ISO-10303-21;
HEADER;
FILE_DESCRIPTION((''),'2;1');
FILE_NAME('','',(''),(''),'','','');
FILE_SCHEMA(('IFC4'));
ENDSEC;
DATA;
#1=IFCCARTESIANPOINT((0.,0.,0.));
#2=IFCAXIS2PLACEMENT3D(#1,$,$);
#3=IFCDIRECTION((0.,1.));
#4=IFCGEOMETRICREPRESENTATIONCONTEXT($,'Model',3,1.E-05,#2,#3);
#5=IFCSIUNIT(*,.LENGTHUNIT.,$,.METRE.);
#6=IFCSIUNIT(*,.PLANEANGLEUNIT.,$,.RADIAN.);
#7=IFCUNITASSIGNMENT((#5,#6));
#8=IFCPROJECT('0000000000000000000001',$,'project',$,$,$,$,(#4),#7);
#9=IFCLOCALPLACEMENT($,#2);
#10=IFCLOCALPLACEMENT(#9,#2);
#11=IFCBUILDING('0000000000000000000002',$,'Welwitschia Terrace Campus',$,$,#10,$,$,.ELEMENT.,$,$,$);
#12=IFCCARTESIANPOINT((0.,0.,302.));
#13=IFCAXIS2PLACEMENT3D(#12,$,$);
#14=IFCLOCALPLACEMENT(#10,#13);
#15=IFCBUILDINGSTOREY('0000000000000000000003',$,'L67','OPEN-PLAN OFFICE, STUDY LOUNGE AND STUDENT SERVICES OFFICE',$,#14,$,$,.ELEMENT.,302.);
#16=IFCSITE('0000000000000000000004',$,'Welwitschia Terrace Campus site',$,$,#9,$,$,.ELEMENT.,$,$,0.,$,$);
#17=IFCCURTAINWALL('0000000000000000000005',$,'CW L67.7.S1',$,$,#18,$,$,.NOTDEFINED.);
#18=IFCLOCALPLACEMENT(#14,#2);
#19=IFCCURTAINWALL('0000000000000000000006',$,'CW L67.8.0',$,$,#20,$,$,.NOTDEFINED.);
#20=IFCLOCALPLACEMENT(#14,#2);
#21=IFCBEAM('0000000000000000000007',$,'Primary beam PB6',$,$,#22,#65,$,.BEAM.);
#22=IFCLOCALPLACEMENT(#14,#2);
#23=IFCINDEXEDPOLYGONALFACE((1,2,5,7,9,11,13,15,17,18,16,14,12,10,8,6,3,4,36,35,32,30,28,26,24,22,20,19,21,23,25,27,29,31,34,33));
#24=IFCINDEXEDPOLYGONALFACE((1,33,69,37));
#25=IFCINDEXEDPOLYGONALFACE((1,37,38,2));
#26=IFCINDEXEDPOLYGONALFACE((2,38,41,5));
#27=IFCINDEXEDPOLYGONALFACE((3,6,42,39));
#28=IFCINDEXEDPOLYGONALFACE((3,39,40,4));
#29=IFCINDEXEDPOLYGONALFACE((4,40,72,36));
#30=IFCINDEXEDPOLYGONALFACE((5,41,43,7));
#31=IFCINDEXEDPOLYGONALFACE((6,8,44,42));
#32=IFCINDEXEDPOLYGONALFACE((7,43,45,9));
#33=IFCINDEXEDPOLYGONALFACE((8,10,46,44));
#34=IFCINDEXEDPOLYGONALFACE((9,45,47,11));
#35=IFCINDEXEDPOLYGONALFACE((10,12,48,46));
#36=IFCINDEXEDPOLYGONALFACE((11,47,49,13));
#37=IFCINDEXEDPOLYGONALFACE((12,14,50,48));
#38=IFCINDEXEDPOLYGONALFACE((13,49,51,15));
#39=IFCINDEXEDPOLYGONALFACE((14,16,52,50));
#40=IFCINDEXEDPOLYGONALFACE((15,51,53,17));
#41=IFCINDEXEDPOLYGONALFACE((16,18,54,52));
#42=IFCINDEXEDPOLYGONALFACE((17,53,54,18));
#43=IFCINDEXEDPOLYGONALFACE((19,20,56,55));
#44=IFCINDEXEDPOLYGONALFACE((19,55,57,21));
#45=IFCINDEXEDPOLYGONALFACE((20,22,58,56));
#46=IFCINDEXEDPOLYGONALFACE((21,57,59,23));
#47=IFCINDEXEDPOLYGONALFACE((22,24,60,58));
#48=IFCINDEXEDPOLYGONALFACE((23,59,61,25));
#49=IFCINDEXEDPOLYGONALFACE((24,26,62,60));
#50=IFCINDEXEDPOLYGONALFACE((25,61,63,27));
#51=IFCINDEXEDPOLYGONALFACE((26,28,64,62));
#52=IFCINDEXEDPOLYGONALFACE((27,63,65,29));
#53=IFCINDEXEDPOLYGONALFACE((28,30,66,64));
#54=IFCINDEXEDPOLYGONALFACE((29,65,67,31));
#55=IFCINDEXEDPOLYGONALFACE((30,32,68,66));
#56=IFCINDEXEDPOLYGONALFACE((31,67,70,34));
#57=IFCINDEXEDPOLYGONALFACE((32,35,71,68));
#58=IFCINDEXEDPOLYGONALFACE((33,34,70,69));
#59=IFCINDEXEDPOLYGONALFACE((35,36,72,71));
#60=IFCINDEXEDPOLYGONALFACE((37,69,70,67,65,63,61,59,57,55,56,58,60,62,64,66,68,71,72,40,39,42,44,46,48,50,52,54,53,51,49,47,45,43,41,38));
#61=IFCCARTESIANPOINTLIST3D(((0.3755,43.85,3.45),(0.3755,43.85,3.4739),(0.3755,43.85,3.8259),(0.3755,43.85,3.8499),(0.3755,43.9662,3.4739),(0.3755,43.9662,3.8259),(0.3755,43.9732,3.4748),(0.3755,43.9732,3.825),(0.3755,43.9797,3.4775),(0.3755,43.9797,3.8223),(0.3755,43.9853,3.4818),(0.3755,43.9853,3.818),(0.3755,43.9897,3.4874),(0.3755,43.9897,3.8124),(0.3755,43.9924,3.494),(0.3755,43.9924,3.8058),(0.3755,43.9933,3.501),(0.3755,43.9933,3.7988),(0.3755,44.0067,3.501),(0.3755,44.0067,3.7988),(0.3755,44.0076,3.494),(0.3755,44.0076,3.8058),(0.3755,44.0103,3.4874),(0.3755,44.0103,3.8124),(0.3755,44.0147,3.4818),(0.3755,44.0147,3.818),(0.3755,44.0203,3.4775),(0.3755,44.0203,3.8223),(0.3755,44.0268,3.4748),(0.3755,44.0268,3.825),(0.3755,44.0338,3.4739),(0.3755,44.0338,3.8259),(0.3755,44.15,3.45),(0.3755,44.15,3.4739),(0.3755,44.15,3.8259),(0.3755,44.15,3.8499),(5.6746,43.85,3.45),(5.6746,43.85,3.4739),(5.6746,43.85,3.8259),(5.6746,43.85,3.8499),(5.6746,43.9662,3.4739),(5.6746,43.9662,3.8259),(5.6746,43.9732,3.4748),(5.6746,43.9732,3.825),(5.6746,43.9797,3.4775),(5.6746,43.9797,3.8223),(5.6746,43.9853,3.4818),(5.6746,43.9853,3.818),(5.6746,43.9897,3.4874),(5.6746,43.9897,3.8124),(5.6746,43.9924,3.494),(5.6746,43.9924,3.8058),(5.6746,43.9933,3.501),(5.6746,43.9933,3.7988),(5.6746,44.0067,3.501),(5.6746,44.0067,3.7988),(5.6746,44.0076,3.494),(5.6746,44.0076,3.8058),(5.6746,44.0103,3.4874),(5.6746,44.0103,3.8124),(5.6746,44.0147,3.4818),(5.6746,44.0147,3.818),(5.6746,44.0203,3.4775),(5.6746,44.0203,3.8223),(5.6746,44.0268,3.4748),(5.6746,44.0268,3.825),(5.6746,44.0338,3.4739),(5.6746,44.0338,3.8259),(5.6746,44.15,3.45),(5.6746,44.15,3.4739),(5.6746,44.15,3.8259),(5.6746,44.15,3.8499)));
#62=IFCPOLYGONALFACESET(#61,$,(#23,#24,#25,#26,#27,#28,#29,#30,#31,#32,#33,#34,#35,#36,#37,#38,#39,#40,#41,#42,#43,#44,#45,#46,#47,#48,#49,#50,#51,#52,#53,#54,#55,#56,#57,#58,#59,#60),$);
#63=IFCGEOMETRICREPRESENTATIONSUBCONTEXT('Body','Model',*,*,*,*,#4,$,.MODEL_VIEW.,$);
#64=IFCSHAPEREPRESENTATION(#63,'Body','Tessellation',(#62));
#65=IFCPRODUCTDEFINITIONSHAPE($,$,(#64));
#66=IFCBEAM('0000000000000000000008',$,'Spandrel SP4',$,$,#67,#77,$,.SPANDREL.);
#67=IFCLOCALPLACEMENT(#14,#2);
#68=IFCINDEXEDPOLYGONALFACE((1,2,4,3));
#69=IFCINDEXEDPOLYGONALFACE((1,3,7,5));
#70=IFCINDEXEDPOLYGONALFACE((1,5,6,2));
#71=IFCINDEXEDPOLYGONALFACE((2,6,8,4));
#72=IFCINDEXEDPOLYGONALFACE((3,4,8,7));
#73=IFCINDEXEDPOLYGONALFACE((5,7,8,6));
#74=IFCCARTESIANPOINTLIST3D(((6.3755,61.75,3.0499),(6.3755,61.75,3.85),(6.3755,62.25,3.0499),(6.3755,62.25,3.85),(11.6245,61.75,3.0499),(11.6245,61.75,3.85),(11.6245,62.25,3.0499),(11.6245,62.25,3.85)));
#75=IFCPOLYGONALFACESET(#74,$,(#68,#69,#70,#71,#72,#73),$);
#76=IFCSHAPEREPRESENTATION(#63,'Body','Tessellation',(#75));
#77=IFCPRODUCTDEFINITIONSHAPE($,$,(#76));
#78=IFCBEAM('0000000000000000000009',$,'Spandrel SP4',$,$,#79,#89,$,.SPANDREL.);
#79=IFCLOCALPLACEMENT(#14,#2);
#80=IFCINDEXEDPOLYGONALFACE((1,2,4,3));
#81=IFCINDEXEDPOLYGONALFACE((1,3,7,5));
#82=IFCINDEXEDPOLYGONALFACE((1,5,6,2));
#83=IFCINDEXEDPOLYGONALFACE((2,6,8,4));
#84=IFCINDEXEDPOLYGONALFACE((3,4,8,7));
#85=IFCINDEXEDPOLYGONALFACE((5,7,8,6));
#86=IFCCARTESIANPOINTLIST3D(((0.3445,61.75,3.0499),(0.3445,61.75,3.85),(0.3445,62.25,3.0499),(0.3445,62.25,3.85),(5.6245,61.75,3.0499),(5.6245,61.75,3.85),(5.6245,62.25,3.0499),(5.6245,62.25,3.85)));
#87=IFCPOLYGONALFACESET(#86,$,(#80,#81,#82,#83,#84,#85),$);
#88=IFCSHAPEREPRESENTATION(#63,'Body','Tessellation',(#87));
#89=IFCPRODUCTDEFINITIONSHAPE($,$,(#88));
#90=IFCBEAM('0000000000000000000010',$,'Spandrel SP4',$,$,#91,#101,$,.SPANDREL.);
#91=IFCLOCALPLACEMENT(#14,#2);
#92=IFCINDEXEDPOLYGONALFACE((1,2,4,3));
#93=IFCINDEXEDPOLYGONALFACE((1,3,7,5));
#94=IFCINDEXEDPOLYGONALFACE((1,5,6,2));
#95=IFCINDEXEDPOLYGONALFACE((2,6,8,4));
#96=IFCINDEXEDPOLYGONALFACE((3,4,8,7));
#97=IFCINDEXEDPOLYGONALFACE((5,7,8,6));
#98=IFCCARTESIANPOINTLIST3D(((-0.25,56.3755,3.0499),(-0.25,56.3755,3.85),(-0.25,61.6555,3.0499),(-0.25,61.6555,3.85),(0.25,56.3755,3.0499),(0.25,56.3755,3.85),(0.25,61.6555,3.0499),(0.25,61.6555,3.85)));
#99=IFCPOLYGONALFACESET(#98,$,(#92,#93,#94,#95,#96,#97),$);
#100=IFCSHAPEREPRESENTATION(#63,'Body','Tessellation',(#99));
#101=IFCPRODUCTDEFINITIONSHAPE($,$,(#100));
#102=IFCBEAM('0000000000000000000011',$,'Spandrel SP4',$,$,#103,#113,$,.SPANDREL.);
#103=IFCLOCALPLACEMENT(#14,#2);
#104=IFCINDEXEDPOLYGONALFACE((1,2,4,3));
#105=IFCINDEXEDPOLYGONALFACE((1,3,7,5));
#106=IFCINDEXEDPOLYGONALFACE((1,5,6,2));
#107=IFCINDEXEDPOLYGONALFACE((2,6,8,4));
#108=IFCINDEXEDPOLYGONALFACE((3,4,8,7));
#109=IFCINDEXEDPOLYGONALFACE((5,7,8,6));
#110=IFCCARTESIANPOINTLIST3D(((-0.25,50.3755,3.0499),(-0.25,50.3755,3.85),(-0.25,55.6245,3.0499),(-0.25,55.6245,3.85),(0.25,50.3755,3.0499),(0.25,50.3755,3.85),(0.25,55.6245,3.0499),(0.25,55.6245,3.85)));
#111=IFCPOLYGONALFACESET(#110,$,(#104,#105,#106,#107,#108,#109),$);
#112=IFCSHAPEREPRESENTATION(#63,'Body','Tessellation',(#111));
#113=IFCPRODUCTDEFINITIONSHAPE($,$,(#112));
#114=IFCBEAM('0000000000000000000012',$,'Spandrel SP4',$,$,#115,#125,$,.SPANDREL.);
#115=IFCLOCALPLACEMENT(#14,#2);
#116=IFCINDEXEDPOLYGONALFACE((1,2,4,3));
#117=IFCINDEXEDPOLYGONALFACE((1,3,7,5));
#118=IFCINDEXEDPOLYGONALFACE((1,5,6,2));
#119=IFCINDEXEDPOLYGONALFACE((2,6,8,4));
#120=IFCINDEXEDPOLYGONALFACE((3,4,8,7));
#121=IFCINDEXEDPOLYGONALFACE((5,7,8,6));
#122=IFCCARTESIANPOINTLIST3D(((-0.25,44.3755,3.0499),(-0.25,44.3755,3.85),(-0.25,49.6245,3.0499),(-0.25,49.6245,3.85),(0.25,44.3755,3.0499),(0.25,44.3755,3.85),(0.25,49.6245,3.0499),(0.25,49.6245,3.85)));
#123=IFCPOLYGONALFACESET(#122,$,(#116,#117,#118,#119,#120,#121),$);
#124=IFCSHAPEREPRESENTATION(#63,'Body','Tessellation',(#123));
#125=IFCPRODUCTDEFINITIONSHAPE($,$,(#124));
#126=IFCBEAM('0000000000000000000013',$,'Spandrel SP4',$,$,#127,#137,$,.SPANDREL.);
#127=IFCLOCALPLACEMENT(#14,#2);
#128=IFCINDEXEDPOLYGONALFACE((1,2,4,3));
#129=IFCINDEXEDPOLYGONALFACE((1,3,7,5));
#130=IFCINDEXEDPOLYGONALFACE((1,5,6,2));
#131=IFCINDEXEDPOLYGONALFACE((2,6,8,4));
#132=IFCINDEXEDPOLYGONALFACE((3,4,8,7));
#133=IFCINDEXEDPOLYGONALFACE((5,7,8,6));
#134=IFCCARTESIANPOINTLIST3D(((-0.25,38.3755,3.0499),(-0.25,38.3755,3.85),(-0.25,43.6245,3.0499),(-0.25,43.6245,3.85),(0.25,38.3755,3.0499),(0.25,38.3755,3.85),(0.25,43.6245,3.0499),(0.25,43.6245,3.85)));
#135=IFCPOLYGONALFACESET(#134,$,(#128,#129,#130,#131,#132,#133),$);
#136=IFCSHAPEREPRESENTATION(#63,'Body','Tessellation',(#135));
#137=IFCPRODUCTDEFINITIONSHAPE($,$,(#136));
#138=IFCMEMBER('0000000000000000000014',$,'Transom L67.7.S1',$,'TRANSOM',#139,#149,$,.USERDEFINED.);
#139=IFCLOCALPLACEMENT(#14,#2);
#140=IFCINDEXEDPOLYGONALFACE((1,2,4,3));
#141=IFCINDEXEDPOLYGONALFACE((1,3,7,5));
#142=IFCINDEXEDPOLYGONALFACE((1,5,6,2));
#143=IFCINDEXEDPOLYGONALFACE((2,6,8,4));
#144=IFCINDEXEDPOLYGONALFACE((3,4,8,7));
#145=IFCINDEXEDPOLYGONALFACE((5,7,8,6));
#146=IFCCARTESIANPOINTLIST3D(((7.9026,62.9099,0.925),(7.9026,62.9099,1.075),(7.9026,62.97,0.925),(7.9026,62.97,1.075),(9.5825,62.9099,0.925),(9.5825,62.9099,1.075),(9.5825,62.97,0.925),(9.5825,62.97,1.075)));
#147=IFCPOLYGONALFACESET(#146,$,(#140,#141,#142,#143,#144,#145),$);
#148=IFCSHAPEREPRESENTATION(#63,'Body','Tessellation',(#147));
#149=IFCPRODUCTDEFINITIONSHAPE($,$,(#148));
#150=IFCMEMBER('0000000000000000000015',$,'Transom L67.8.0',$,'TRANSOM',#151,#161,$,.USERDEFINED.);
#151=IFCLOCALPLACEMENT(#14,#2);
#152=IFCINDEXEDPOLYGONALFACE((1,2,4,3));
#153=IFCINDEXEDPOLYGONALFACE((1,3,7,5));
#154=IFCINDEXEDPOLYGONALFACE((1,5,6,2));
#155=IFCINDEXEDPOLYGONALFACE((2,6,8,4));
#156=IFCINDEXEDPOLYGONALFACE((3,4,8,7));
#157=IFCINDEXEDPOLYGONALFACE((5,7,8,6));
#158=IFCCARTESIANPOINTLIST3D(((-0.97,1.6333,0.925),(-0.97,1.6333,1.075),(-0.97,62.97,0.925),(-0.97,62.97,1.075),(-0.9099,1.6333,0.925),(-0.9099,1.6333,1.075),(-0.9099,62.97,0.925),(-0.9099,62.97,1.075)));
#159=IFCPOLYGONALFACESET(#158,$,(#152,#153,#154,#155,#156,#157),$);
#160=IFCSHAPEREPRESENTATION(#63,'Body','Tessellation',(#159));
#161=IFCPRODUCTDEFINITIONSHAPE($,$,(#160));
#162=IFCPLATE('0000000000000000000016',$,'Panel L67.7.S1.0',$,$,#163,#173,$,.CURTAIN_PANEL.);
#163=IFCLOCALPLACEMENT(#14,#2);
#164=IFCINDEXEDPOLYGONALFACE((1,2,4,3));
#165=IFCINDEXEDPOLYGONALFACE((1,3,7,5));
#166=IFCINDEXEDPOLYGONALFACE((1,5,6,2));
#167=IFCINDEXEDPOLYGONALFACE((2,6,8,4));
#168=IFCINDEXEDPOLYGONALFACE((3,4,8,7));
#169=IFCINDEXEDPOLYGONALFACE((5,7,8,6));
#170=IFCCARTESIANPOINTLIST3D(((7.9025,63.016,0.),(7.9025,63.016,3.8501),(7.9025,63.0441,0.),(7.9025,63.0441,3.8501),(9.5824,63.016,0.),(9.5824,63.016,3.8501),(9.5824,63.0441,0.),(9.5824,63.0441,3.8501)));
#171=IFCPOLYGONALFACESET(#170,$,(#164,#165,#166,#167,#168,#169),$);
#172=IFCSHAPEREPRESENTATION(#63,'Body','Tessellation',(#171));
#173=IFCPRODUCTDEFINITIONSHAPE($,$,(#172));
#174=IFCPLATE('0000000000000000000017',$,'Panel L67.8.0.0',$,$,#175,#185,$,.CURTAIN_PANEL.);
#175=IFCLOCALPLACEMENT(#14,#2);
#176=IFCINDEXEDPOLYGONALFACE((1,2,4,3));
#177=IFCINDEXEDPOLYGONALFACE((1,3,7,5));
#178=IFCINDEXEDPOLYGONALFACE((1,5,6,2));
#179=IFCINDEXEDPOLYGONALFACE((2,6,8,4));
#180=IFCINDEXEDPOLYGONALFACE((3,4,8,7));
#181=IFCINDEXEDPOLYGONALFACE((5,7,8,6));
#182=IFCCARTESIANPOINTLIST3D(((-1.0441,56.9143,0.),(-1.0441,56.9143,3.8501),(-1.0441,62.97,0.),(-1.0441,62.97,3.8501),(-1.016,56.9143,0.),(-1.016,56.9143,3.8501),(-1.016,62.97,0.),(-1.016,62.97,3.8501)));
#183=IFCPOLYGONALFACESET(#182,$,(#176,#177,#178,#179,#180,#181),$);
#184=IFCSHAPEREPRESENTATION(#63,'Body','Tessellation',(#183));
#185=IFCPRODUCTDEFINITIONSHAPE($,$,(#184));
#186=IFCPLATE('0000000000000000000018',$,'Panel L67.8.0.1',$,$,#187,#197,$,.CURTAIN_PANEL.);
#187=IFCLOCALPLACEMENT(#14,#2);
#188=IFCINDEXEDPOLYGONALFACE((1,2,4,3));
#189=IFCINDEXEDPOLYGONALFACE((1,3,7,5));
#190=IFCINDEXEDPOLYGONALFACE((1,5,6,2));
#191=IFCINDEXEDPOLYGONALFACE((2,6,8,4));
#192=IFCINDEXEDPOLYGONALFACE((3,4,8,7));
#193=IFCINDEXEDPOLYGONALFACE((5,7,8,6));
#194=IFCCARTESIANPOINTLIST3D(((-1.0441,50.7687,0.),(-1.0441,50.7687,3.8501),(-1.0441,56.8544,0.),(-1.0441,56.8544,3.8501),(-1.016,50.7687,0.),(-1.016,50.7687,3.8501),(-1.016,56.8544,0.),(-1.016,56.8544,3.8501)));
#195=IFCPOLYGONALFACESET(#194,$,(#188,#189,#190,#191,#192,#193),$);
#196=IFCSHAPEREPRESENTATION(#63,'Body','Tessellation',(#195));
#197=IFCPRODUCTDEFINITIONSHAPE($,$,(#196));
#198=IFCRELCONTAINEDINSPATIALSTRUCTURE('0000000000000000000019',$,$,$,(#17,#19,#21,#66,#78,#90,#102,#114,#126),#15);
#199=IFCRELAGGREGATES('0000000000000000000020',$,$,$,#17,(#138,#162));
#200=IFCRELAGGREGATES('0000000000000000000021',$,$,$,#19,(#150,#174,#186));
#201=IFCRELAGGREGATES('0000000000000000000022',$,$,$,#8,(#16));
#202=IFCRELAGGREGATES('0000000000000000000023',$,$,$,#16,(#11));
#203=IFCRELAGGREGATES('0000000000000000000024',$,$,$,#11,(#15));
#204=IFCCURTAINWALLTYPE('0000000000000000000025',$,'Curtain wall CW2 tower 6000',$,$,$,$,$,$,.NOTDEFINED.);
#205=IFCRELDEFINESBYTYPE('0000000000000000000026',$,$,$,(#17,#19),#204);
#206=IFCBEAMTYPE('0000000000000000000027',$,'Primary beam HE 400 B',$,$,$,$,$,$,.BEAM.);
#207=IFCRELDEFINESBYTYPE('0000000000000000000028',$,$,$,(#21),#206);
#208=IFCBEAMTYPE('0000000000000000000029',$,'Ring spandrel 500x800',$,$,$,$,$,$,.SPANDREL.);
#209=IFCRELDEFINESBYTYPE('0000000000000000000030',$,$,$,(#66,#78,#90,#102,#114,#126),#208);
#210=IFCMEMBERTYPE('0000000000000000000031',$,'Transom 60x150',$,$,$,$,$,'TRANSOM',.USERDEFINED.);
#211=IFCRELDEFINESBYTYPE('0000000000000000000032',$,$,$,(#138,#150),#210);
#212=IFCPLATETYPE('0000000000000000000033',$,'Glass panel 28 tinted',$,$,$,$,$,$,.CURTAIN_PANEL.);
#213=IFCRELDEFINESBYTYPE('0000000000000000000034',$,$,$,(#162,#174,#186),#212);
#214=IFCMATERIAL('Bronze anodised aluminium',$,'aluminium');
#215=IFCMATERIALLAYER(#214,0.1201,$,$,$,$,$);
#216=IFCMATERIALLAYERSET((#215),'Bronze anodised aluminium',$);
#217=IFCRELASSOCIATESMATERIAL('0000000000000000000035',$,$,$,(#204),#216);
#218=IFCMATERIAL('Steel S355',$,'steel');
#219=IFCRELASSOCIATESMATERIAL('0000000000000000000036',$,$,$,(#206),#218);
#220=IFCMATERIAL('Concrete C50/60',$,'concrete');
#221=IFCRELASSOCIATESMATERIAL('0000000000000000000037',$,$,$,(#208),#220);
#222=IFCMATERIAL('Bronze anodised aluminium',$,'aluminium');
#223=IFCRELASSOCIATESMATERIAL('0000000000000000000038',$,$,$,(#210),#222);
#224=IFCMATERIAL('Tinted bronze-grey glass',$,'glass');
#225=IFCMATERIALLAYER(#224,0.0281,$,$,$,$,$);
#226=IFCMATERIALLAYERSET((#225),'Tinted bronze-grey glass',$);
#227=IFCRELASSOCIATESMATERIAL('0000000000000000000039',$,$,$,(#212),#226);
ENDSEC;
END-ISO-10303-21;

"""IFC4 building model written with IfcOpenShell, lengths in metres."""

from ifc_helpers import new_model, si_unit, direction, frame, origin, origin_2d, place, context, subcontext, project, spatial, rectangle, i_section, extrude, material, layer, layer_set, material_profile, profile_set, type_object, element, aggregate, save


model = new_model("IFC4")

# Units and contexts
model_context = context("Model", 3, precision=1e-05, world=origin(), true_north=direction((0.0, 1.0)))
body_context = subcontext(model_context, "Body", "Model", "MODEL_VIEW")
ifc_project = project(units=[si_unit("LENGTHUNIT", "METRE"), si_unit("PLANEANGLEUNIT", "RADIAN")], contexts=[model_context])

# Site, building, storey
site_placement = place(None, origin())
site = spatial("IfcSite", under=ifc_project, at=site_placement, Name="Welwitschia Terrace Campus site", CompositionType="ELEMENT", RefElevation=0.0)
building_placement = place(site_placement, origin())
building = spatial("IfcBuilding", under=site, at=building_placement, Name="Welwitschia Terrace Campus", CompositionType="ELEMENT")
storey_placement = place(building_placement, frame((0.0, 0.0, 302.0)))
storey = spatial("IfcBuildingStorey", under=building, at=storey_placement, Name="L67", Description="OPEN-PLAN OFFICE, STUDY LOUNGE AND STUDENT SERVICES OFFICE", CompositionType="ELEMENT", Elevation=302.0)

# Curtain walls
ifc_material_1 = material(Name="Bronze anodised aluminium", Category="aluminium")
ifc_layer_1 = layer(ifc_material_1, 0.1201)
ifc_layer_set_1 = layer_set([ifc_layer_1], Name="Bronze anodised aluminium")
curtain_wall_type = type_object("IfcCurtainWallType", Name="Curtain wall CW2 tower 6000", PredefinedType="NOTDEFINED", material=ifc_layer_set_1)
curtain_wall_1_placement = place(storey_placement, origin())
curtain_wall_1 = element("IfcCurtainWall", 1, at=curtain_wall_1_placement, inside=storey, type_object=curtain_wall_type, Name="CW L67.7.S1", PredefinedType="NOTDEFINED")
curtain_wall_2_placement = place(storey_placement, origin())
curtain_wall_2 = element("IfcCurtainWall", 2, at=curtain_wall_2_placement, inside=storey, type_object=curtain_wall_type, Name="CW L67.8.0", PredefinedType="NOTDEFINED")

# Beams
ifc_material_2 = material(Name="Steel S355", Category="steel")
ifc_material_profile_1 = material_profile(ifc_material_2, i_section(OverallWidth=0.3, OverallDepth=0.3999, WebThickness=0.0134, FlangeThickness=0.0239, FilletRadius=0.0271, at=origin_2d()))
ifc_profile_set_1 = profile_set([ifc_material_profile_1], Name="Steel S355")
beam_type_1 = type_object("IfcBeamType", Name="Primary beam HE 400 B", PredefinedType="BEAM", material=ifc_profile_set_1)
for number, where, z_axis, x_axis, name in (
    (3, (0.3755, 44.0, 3.6499), (1.0, 0.0, 0.0), (0.0, 1.0, 0.0), "Primary beam PB6"),
):
    element("IfcBeam", number, at=place(storey_placement, frame(where, z_axis=z_axis, x_axis=x_axis)), inside=storey, type_object=beam_type_1, Name=name, PredefinedType="BEAM", context=body_context, shape_type="SweptSolid", body=[
        extrude(i_section(OverallWidth=0.3, OverallDepth=0.3999, WebThickness=0.0134, FlangeThickness=0.0239, FilletRadius=0.0271, at=origin_2d()), origin(), (0.0, 0.0, 1.0), 5.2991),
    ])
ifc_material_3 = material(Name="Concrete C50/60", Category="concrete")
ifc_material_profile_2 = material_profile(ifc_material_3, rectangle(XDim=0.5, YDim=0.8, at=origin_2d()))
ifc_profile_set_2 = profile_set([ifc_material_profile_2], Name="Concrete C50/60")
beam_type_2 = type_object("IfcBeamType", Name="Ring spandrel 500x800", PredefinedType="SPANDREL", material=ifc_profile_set_2)
beam_1_placement = place(storey_placement, frame((11.6245, 62.0, 3.45), z_axis=(-1.0, 0.0, 0.0), x_axis=(0.0, -1.0, 0.0)))
element("IfcBeam", 4, at=beam_1_placement, inside=storey, type_object=beam_type_2, Name="Spandrel SP4", PredefinedType="SPANDREL", context=body_context, shape_type="SweptSolid", body=[
    extrude(rectangle(XDim=0.5, YDim=0.8, at=origin_2d()), origin(), (0.0, 0.0, 1.0), 5.249),
])
for number, where, z_axis, x_axis, name in (
    (5, (5.6245, 62.0, 3.45), (-1.0, 0.0, 0.0), (0.0, -1.0, 0.0), "Spandrel SP4"),
    (6, (0.0, 61.6555, 3.45), (0.0, -1.0, 0.0), (1.0, 0.0, 0.0), "Spandrel SP4"),
):
    element("IfcBeam", number, at=place(storey_placement, frame(where, z_axis=z_axis, x_axis=x_axis)), inside=storey, type_object=beam_type_2, Name=name, PredefinedType="SPANDREL", context=body_context, shape_type="SweptSolid", body=[
        extrude(rectangle(XDim=0.5, YDim=0.8, at=origin_2d()), origin(), (0.0, 0.0, 1.0), 5.28),
    ])
for number, where, z_axis, x_axis, name in (
    (7, (0.0, 55.6245, 3.45), (0.0, -1.0, 0.0), (1.0, 0.0, 0.0), "Spandrel SP4"),
    (8, (0.0, 49.6245, 3.45), (0.0, -1.0, 0.0), (1.0, 0.0, 0.0), "Spandrel SP4"),
    (9, (0.0, 43.6245, 3.45), (0.0, -1.0, 0.0), (1.0, 0.0, 0.0), "Spandrel SP4"),
):
    element("IfcBeam", number, at=place(storey_placement, frame(where, z_axis=z_axis, x_axis=x_axis)), inside=storey, type_object=beam_type_2, Name=name, PredefinedType="SPANDREL", context=body_context, shape_type="SweptSolid", body=[
        extrude(rectangle(XDim=0.5, YDim=0.8, at=origin_2d()), origin(), (0.0, 0.0, 1.0), 5.249),
    ])

# Members
ifc_material_4 = material(Name="Bronze anodised aluminium", Category="aluminium")
ifc_material_profile_3 = material_profile(ifc_material_4, rectangle(XDim=0.0601, YDim=0.1499, at=origin_2d()))
ifc_profile_set_3 = profile_set([ifc_material_profile_3], Name="Bronze anodised aluminium")
member_type_1 = type_object("IfcMemberType", Name="Transom 60x150", ElementType="TRANSOM", PredefinedType="USERDEFINED", material=ifc_profile_set_3)
member_1_placement = place(storey_placement, frame((9.5825, 62.9399, 1.0), z_axis=(-1.0, 0.0, 0.0), x_axis=(0.0, -1.0, 0.0)))
member_1 = element("IfcMember", 10, at=member_1_placement, type_object=member_type_1, Name="Transom L67.7.S1", ObjectType="TRANSOM", PredefinedType="USERDEFINED", context=body_context, shape_type="SweptSolid", body=[
    extrude(rectangle(XDim=0.0601, YDim=0.1499, at=origin_2d()), origin(), (0.0, 0.0, 1.0), 1.6799),
])
member_2_placement = place(storey_placement, frame((-0.9399, 62.97, 1.0), z_axis=(0.0, -1.0, 0.0), x_axis=(1.0, 0.0, 0.0)))
member_2 = element("IfcMember", 11, at=member_2_placement, type_object=member_type_1, Name="Transom L67.8.0", ObjectType="TRANSOM", PredefinedType="USERDEFINED", context=body_context, shape_type="SweptSolid", body=[
    extrude(rectangle(XDim=0.0601, YDim=0.1499, at=origin_2d()), origin(), (0.0, 0.0, 1.0), 61.3367),
])

# Plates
ifc_material_5 = material(Name="Tinted bronze-grey glass", Category="glass")
ifc_layer_2 = layer(ifc_material_5, 0.0281)
ifc_layer_set_2 = layer_set([ifc_layer_2], Name="Tinted bronze-grey glass")
plate_type = type_object("IfcPlateType", Name="Glass panel 28 tinted", PredefinedType="CURTAIN_PANEL", material=ifc_layer_set_2)
plate_1_placement = place(storey_placement, frame((8.7424, 63.03, 0.0), z_axis=(0.0, 0.0, 1.0), x_axis=(-1.0, 0.0, 0.0)))
plate_1 = element("IfcPlate", 12, at=plate_1_placement, type_object=plate_type, Name="Panel L67.7.S1.0", PredefinedType="CURTAIN_PANEL", context=body_context, shape_type="SweptSolid", body=[
    extrude(rectangle(XDim=1.6799, YDim=0.0281, at=origin_2d()), origin(), (0.0, 0.0, 1.0), 3.8501),
])
aggregate(curtain_wall_1, [member_1, plate_1])
plate_2_placement = place(storey_placement, frame((-1.03, 59.9421, 0.0), z_axis=(0.0, 0.0, 1.0), x_axis=(0.0, -1.0, 0.0)))
plate_2 = element("IfcPlate", 13, at=plate_2_placement, type_object=plate_type, Name="Panel L67.8.0.0", PredefinedType="CURTAIN_PANEL", context=body_context, shape_type="SweptSolid", body=[
    extrude(rectangle(XDim=6.0557, YDim=0.0281, at=origin_2d()), origin(), (0.0, 0.0, 1.0), 3.8501),
])
plate_3_placement = place(storey_placement, frame((-1.03, 53.8115, 0.0), z_axis=(0.0, 0.0, 1.0), x_axis=(0.0, -1.0, 0.0)))
plate_3 = element("IfcPlate", 14, at=plate_3_placement, type_object=plate_type, Name="Panel L67.8.0.1", PredefinedType="CURTAIN_PANEL", context=body_context, shape_type="SweptSolid", body=[
    extrude(rectangle(XDim=6.0857, YDim=0.0281, at=origin_2d()), origin(), (0.0, 0.0, 1.0), 3.8501),
])
aggregate(curtain_wall_2, [member_2, plate_2, plate_3])

save(model, "model.ifc")
